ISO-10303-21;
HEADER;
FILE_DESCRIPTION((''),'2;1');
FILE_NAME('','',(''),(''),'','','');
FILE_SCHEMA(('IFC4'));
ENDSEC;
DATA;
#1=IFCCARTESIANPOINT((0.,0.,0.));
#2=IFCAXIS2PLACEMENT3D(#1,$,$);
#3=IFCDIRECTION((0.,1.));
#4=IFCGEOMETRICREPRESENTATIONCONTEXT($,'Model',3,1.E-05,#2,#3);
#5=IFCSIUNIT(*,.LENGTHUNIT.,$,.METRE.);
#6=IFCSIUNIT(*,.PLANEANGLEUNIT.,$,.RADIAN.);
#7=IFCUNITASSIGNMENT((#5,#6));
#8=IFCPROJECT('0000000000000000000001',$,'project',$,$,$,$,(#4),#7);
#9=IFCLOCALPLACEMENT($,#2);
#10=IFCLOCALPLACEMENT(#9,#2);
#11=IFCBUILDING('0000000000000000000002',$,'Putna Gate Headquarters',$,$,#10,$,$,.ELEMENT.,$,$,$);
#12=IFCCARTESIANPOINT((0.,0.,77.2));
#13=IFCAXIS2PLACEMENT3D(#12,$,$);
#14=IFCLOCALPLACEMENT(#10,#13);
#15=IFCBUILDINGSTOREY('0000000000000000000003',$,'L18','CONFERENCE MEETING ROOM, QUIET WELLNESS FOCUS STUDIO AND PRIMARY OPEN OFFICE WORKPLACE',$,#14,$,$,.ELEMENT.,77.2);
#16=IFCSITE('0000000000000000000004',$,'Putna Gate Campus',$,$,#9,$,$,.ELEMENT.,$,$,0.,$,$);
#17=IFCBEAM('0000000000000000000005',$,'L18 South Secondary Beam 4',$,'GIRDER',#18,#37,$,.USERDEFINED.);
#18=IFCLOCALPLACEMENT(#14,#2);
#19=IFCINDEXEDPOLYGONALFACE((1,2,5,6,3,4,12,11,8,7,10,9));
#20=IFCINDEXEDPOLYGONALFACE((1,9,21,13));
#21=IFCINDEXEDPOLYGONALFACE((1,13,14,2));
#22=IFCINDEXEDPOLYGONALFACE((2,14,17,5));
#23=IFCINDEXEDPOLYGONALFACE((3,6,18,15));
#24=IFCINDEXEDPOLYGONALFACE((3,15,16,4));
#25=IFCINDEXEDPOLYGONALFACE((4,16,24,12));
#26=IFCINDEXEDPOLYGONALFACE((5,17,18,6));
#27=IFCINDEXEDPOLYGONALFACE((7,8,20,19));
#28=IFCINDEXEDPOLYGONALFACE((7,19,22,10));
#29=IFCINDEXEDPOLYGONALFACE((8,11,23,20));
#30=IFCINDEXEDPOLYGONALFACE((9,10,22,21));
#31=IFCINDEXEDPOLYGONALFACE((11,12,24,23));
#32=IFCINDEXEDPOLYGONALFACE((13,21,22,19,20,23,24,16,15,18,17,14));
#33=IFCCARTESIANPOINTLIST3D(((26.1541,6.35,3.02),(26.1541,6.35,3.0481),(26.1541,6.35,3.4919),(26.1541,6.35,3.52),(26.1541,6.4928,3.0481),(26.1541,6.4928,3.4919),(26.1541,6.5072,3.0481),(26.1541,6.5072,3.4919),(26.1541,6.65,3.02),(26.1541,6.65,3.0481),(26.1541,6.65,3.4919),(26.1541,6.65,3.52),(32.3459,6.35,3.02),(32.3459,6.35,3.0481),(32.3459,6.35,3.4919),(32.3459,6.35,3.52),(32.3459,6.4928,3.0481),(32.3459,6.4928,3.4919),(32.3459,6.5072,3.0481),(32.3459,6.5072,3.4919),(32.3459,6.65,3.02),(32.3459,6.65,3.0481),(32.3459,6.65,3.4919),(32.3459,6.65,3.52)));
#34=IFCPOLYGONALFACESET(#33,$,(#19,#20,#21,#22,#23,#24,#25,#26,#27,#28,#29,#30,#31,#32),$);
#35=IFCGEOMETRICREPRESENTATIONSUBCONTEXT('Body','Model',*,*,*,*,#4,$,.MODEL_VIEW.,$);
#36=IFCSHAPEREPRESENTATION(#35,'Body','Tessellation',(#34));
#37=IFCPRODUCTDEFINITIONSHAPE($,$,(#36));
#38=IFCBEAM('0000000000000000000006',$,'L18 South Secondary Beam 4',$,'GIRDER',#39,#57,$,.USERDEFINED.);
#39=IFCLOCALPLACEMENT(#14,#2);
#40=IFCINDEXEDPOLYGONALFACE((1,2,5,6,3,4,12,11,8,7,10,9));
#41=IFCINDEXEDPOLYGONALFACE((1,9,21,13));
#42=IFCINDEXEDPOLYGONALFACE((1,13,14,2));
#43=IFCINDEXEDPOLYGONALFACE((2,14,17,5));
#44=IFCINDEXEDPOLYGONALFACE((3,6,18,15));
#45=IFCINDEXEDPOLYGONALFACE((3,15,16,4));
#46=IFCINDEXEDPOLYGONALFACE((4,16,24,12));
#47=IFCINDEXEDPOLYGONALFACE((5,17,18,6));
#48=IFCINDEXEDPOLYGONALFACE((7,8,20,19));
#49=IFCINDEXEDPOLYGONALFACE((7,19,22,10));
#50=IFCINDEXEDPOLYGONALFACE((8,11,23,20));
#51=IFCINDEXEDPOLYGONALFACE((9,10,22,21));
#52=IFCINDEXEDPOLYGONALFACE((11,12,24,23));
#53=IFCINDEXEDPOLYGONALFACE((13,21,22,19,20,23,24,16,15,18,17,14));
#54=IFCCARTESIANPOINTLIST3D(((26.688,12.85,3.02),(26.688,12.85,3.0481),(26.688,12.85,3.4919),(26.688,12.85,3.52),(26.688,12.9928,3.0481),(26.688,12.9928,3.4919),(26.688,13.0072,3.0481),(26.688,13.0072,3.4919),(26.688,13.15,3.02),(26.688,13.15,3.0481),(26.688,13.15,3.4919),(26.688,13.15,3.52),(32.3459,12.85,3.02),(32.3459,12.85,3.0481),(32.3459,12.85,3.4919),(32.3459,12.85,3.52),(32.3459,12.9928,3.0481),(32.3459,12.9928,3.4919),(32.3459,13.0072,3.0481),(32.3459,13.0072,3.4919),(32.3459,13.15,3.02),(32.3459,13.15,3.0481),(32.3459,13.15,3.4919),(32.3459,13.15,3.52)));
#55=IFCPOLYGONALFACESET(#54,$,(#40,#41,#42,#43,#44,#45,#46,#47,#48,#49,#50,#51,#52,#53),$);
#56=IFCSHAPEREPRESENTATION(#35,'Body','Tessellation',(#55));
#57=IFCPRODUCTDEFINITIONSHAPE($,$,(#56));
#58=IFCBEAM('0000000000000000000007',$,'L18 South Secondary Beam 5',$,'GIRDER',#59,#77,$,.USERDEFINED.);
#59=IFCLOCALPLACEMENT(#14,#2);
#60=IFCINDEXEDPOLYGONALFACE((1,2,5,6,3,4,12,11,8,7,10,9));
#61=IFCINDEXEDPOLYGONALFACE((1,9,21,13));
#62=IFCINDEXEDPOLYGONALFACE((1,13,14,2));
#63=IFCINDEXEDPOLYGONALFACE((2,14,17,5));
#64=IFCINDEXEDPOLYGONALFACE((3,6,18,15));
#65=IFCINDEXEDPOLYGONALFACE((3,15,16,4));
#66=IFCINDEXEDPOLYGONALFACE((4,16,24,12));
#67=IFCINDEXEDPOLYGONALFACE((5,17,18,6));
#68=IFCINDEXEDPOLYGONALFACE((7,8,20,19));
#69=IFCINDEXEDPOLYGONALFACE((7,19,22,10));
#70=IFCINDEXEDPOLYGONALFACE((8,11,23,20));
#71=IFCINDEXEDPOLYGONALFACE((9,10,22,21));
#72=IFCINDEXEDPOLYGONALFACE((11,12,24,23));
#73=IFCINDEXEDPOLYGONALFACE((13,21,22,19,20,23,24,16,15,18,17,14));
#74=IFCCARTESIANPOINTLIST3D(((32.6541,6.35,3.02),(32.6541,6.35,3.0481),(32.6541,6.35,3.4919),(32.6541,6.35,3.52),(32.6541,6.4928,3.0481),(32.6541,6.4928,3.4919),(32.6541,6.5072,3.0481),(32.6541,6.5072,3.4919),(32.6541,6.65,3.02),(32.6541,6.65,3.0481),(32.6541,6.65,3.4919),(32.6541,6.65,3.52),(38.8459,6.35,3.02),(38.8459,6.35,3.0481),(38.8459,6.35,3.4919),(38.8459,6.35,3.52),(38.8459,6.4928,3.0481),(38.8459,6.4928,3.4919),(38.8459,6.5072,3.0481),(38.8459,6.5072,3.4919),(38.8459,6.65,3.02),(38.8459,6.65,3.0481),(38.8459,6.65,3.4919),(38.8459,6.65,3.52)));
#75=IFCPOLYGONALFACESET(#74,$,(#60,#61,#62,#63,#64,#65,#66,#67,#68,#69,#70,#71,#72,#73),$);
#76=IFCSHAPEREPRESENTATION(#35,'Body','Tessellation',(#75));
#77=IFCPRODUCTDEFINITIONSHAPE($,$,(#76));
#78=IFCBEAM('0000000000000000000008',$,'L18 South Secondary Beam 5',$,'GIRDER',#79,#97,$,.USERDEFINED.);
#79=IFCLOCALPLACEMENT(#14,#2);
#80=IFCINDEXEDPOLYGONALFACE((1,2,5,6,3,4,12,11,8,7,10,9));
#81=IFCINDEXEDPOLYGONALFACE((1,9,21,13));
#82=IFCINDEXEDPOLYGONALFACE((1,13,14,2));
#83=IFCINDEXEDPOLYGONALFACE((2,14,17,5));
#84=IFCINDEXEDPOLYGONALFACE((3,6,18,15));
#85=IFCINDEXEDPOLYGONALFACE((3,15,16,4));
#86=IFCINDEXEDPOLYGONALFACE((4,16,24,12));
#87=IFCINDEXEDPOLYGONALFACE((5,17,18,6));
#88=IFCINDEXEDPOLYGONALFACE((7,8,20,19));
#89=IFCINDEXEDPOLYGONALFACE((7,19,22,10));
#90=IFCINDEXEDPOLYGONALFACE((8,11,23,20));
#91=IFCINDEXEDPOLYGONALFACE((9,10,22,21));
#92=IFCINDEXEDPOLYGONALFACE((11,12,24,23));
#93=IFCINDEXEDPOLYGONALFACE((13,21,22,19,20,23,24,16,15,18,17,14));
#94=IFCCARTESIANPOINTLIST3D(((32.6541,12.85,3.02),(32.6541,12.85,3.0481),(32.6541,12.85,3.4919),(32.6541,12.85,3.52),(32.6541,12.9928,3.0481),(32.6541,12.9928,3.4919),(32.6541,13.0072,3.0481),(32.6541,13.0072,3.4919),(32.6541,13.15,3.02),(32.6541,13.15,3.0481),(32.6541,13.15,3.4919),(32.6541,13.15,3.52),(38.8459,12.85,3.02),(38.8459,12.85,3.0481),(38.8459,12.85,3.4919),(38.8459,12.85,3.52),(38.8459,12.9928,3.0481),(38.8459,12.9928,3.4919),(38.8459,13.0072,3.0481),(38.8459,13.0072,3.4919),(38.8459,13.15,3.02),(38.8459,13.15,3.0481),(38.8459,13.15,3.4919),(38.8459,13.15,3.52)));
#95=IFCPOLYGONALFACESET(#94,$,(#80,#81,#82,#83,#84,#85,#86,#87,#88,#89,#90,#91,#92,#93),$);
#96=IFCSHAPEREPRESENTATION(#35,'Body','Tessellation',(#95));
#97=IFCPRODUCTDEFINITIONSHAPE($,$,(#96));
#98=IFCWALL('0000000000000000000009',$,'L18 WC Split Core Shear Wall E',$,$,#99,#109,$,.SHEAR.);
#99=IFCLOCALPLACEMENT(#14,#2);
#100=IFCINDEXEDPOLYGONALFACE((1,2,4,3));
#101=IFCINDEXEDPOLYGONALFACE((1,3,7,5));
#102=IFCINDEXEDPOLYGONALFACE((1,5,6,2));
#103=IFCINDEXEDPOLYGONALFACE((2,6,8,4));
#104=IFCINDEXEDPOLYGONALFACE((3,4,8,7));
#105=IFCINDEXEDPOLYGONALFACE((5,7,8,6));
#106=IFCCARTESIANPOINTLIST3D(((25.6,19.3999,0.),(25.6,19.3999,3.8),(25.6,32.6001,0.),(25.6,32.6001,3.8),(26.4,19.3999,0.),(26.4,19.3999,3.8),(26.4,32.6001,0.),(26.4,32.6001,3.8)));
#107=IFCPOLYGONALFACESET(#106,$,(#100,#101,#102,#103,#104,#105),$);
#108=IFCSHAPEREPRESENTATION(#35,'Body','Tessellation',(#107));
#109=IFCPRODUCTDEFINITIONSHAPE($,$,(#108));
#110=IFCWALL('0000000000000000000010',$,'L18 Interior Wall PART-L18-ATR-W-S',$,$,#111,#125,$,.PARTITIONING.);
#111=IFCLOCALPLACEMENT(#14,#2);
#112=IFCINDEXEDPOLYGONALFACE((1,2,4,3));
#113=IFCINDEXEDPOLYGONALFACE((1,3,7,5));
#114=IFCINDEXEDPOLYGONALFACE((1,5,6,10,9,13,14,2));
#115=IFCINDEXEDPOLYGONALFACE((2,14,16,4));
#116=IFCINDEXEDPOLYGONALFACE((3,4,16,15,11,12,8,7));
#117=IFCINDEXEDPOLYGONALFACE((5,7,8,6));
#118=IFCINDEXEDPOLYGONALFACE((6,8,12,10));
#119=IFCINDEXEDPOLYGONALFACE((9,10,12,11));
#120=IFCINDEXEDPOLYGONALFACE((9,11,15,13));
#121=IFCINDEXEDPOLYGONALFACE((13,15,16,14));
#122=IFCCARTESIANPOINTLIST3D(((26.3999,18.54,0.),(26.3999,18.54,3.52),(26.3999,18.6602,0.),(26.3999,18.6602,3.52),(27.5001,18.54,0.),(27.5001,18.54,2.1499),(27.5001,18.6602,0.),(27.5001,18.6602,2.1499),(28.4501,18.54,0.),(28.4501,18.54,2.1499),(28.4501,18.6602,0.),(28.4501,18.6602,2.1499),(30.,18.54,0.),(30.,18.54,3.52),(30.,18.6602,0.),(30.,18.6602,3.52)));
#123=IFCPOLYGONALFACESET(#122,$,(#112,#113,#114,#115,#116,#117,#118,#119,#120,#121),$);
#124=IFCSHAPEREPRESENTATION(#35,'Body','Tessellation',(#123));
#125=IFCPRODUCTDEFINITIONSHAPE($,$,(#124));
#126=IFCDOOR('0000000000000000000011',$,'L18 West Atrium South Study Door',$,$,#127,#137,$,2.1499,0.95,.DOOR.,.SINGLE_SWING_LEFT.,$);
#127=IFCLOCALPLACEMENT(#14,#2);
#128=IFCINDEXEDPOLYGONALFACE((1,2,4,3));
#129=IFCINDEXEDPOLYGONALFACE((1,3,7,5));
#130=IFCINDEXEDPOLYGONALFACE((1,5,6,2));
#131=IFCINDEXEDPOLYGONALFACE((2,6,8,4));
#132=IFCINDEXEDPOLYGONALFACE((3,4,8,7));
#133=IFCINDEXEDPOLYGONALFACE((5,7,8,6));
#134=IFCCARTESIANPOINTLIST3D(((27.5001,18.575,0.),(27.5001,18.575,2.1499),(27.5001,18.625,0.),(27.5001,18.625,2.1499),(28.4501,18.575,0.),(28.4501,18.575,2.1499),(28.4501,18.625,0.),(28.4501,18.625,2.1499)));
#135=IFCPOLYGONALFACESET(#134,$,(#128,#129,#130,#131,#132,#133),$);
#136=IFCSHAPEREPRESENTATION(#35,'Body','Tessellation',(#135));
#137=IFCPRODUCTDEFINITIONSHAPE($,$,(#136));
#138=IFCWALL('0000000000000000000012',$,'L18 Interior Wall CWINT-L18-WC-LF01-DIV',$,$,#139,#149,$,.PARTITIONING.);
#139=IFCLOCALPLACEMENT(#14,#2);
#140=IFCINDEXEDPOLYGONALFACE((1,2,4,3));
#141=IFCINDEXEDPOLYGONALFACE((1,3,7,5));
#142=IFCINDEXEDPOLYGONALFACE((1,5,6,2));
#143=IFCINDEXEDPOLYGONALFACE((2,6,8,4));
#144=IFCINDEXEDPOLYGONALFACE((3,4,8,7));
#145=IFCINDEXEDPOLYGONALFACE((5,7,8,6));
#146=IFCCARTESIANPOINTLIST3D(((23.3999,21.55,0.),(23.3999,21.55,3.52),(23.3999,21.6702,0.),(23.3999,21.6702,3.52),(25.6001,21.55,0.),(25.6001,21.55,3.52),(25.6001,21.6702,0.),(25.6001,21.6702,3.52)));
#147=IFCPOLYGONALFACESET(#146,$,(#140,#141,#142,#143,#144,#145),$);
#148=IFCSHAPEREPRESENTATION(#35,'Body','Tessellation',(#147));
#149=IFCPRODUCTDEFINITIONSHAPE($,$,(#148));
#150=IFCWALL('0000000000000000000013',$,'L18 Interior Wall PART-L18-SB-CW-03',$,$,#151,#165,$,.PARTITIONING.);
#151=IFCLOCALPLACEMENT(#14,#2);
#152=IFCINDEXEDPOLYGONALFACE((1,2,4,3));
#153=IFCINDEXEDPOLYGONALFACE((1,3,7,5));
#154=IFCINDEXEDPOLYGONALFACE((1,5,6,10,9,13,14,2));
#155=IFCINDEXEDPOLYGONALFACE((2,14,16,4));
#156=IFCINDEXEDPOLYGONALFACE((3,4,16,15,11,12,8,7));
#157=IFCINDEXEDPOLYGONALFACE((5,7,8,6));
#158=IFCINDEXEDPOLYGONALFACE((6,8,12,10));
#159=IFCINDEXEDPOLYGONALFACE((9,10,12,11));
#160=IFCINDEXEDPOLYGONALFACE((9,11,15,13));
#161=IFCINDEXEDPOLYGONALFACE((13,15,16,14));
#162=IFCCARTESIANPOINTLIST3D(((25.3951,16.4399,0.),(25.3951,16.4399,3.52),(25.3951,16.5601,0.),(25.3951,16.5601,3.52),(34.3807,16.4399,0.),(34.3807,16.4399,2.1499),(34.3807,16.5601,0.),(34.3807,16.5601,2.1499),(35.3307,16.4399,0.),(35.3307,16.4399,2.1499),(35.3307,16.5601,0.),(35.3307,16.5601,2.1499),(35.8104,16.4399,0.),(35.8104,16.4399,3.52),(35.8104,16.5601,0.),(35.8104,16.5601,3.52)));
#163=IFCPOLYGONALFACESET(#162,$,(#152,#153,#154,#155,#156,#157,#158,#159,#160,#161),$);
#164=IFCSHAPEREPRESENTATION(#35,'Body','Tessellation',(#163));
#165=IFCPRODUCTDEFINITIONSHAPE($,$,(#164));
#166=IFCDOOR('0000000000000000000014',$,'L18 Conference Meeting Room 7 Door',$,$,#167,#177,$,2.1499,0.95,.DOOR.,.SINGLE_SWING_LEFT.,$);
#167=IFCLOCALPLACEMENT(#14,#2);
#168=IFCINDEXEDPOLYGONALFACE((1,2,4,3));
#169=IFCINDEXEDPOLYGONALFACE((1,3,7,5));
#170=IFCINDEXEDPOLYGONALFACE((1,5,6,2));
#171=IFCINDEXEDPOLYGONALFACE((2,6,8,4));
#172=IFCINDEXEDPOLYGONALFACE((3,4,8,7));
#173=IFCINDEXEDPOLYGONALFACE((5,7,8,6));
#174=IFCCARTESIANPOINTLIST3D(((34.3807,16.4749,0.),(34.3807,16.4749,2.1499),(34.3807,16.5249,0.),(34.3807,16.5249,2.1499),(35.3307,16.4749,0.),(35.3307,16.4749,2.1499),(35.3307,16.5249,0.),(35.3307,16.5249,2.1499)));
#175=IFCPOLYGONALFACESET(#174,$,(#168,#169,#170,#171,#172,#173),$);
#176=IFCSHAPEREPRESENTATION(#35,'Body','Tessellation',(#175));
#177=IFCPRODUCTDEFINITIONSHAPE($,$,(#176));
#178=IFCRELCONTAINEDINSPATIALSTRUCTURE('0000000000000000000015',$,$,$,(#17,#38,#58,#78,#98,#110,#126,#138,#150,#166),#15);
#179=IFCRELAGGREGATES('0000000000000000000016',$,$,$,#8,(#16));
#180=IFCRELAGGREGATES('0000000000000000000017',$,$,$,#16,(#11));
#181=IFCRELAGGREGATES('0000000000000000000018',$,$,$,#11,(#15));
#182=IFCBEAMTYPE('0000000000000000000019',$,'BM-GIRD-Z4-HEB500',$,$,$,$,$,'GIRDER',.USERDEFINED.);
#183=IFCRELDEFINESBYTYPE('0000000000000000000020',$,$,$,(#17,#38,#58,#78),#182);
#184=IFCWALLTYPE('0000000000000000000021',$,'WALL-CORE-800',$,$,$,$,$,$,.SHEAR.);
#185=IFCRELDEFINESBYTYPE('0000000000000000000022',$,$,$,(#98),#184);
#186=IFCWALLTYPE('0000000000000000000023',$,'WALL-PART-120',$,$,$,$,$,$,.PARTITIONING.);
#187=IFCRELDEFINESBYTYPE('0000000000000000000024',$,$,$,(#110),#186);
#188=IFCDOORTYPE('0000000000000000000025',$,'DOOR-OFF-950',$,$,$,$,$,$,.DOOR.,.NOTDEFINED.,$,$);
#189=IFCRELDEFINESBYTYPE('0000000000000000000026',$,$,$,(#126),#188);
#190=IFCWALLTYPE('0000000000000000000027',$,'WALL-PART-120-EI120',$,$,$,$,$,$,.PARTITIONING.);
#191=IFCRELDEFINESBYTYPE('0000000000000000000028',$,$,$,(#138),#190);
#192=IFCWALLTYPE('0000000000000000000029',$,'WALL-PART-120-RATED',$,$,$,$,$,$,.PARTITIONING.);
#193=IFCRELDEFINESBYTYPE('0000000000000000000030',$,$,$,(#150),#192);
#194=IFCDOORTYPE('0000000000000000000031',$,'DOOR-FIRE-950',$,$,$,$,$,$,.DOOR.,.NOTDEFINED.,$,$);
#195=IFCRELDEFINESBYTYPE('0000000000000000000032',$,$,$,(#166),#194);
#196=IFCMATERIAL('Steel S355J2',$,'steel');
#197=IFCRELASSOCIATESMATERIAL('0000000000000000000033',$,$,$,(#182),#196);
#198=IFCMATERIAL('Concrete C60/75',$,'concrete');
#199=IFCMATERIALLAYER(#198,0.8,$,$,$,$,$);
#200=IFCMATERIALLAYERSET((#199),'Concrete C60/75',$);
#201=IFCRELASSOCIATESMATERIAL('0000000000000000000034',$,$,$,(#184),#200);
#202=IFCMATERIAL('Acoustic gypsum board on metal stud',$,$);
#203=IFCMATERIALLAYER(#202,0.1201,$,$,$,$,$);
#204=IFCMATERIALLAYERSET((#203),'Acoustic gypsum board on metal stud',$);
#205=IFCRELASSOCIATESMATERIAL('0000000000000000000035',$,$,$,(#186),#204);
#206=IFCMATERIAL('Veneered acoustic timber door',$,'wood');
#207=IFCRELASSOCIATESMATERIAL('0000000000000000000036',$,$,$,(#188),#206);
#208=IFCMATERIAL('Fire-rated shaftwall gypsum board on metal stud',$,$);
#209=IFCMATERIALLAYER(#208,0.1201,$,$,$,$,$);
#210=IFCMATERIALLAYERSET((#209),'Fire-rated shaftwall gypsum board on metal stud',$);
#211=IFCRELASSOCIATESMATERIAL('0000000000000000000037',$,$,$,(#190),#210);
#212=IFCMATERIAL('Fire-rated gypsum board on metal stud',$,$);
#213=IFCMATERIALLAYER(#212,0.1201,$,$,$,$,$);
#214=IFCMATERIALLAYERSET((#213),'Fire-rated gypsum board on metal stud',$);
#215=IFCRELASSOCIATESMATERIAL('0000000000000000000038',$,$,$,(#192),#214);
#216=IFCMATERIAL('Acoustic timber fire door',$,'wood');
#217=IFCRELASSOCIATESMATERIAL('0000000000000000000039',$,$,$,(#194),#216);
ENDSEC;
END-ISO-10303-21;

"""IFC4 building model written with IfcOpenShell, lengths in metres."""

from ifc_helpers import new_model, si_unit, direction, frame, frame_2d, origin, origin_2d, place, context, subcontext, project, spatial, rectangle, i_section, extrude, material, layer, layer_set, material_profile, profile_set, type_object, element, fill, save


model = new_model("IFC4")

# Units and contexts
model_context = context("Model", 3, precision=1e-05, world=origin(), true_north=direction((0.0, 1.0)))
body_context = subcontext(model_context, "Body", "Model", "MODEL_VIEW")
ifc_project = project(units=[si_unit("LENGTHUNIT", "METRE"), si_unit("PLANEANGLEUNIT", "RADIAN")], contexts=[model_context])

# Site, building, storey
site_placement = place(None, origin())
site = spatial("IfcSite", under=ifc_project, at=site_placement, Name="Putna Gate Campus", CompositionType="ELEMENT", RefElevation=0.0)
building_placement = place(site_placement, origin())
building = spatial("IfcBuilding", under=site, at=building_placement, Name="Putna Gate Headquarters", CompositionType="ELEMENT")
storey_placement = place(building_placement, frame((0.0, 0.0, 77.2)))
storey = spatial("IfcBuildingStorey", under=building, at=storey_placement, Name="L18", Description="CONFERENCE MEETING ROOM, QUIET WELLNESS FOCUS STUDIO AND PRIMARY OPEN OFFICE WORKPLACE", CompositionType="ELEMENT", Elevation=77.2)

# Shared definitions
ifc_material_1 = material(Name="Concrete C60/75", Category="concrete")

# Beams
ifc_material_2 = material(Name="Steel S355J2", Category="steel")
ifc_material_profile_1 = material_profile(ifc_material_2, i_section(OverallWidth=0.3, OverallDepth=0.5, WebThickness=0.0144, FlangeThickness=0.0281, at=origin_2d()), Name="Steel S355J2")
ifc_profile_set_1 = profile_set([ifc_material_profile_1], Name="Steel S355J2")
beam_type_1 = type_object("IfcBeamType", Name="BM-GIRD-Z4-HEB500", ElementType="GIRDER", PredefinedType="USERDEFINED", material=ifc_profile_set_1)
beam_1_placement = place(storey_placement, frame((26.1541, 6.5, 3.27), z_axis=(1.0, 0.0, 0.0), x_axis=(0.0, 1.0, 0.0)))
element("IfcBeam", 1, at=beam_1_placement, inside=storey, type_object=beam_type_1, Name="L18 South Secondary Beam 4", ObjectType="GIRDER", PredefinedType="USERDEFINED", context=body_context, shape_type="SweptSolid", body=[
    extrude(i_section(OverallWidth=0.3, OverallDepth=0.5, WebThickness=0.0144, FlangeThickness=0.0281, at=origin_2d()), origin(), (0.0, 0.0, 1.0), 6.1919),
])
beam_2_placement = place(storey_placement, frame((26.688, 13.0, 3.27), z_axis=(1.0, 0.0, 0.0), x_axis=(0.0, 1.0, 0.0)))
element("IfcBeam", 2, at=beam_2_placement, inside=storey, type_object=beam_type_1, Name="L18 South Secondary Beam 4", ObjectType="GIRDER", PredefinedType="USERDEFINED", context=body_context, shape_type="SweptSolid", body=[
    extrude(i_section(OverallWidth=0.3, OverallDepth=0.5, WebThickness=0.0144, FlangeThickness=0.0281, at=origin_2d()), origin(), (0.0, 0.0, 1.0), 5.658),
])
for number, where, z_axis, x_axis, name in (
    (3, (32.6541, 6.5, 3.27), (1.0, 0.0, 0.0), (0.0, 1.0, 0.0), "L18 South Secondary Beam 5"),
    (4, (32.6541, 13.0, 3.27), (1.0, 0.0, 0.0), (0.0, 1.0, 0.0), "L18 South Secondary Beam 5"),
):
    element("IfcBeam", number, at=place(storey_placement, frame(where, z_axis=z_axis, x_axis=x_axis)), inside=storey, type_object=beam_type_1, Name=name, ObjectType="GIRDER", PredefinedType="USERDEFINED", context=body_context, shape_type="SweptSolid", body=[
        extrude(i_section(OverallWidth=0.3, OverallDepth=0.5, WebThickness=0.0144, FlangeThickness=0.0281, at=origin_2d()), origin(), (0.0, 0.0, 1.0), 6.1919),
    ])

# Wall
ifc_layer_1 = layer(ifc_material_1, 0.8)
ifc_layer_set_1 = layer_set([ifc_layer_1], Name="Concrete C60/75")
wall_type_1 = type_object("IfcWallType", Name="WALL-CORE-800", PredefinedType="SHEAR", material=ifc_layer_set_1)
wall_1_placement = place(storey_placement, frame((26.0, 19.3999, 0.0), z_axis=(0.0, 0.0, 1.0), x_axis=(0.0, 1.0, 0.0)))
element("IfcWall", 5, at=wall_1_placement, inside=storey, type_object=wall_type_1, Name="L18 WC Split Core Shear Wall E", PredefinedType="SHEAR", context=body_context, shape_type="SweptSolid", body=[
    extrude(rectangle(XDim=13.2002, YDim=0.8, at=frame_2d((6.6001, 0.0))), origin(), (0.0, 0.0, 1.0), 3.8),
])

# Wall, opening, door
ifc_material_3 = material(Name="Acoustic gypsum board on metal stud")
ifc_layer_2 = layer(ifc_material_3, 0.1201)
ifc_layer_set_2 = layer_set([ifc_layer_2], Name="Acoustic gypsum board on metal stud")
wall_type_2 = type_object("IfcWallType", Name="WALL-PART-120", PredefinedType="PARTITIONING", material=ifc_layer_set_2)
wall_2_placement = place(storey_placement, frame((26.3999, 18.6001, 0.0), z_axis=(0.0, 0.0, 1.0), x_axis=(1.0, 0.0, 0.0)))
wall_2 = element("IfcWall", 6, at=wall_2_placement, inside=storey, type_object=wall_type_2, Name="L18 Interior Wall PART-L18-ATR-W-S", PredefinedType="PARTITIONING", context=body_context, shape_type="SweptSolid", body=[
    extrude(rectangle(XDim=3.6001, YDim=0.1201, at=frame_2d((1.8, 0.0))), origin(), (0.0, 0.0, 1.0), 3.52),
])
opening_1_placement = place(wall_2_placement, frame((1.1001, 0.0, 0.0)))
opening_1 = element("IfcOpeningElement", 7, at=opening_1_placement, cuts=wall_2, PredefinedType="OPENING", context=body_context, shape_type="SweptSolid", body=[
    extrude(rectangle(XDim=0.95, YDim=2.1499, at=frame_2d((0.4751, 1.075))), frame((0.0, 0.0701, 0.0), z_axis=(0.0, -1.0, 0.0), x_axis=(1.0, 0.0, 0.0)), (0.0, 0.0, 1.0), 0.1401),
])
ifc_material_4 = material(Name="Veneered acoustic timber door", Category="wood")
door_type_1 = type_object("IfcDoorType", Name="DOOR-OFF-950", OperationType="NOTDEFINED", PredefinedType="DOOR", material=ifc_material_4)
door_1_placement = place(opening_1_placement, origin())
door_1 = element("IfcDoor", 8, at=door_1_placement, inside=storey, type_object=door_type_1, Name="L18 West Atrium South Study Door", OperationType="SINGLE_SWING_LEFT", OverallHeight=2.1499, OverallWidth=0.95, PredefinedType="DOOR", context=body_context, shape_type="SweptSolid", body=[
    extrude(rectangle(XDim=0.95, YDim=2.1499, at=frame_2d((0.4751, 1.075))), frame((0.0, 0.0249, 0.0), z_axis=(0.0, -1.0, 0.0), x_axis=(1.0, 0.0, 0.0)), (0.0, 0.0, 1.0), 0.05),
])
fill(opening_1, door_1)

# Wall
ifc_material_5 = material(Name="Fire-rated shaftwall gypsum board on metal stud")
ifc_layer_3 = layer(ifc_material_5, 0.1201)
ifc_layer_set_3 = layer_set([ifc_layer_3], Name="Fire-rated shaftwall gypsum board on metal stud")
wall_type_3 = type_object("IfcWallType", Name="WALL-PART-120-EI120", PredefinedType="PARTITIONING", material=ifc_layer_set_3)
wall_3_placement = place(storey_placement, frame((23.3999, 21.6101, 0.0), z_axis=(0.0, 0.0, 1.0), x_axis=(1.0, 0.0, 0.0)))
element("IfcWall", 9, at=wall_3_placement, inside=storey, type_object=wall_type_3, Name="L18 Interior Wall CWINT-L18-WC-LF01-DIV", PredefinedType="PARTITIONING", context=body_context, shape_type="SweptSolid", body=[
    extrude(rectangle(XDim=2.2002, YDim=0.1201, at=frame_2d((1.1001, 0.0))), origin(), (0.0, 0.0, 1.0), 3.52),
])

# Wall, opening, door
ifc_material_6 = material(Name="Fire-rated gypsum board on metal stud")
ifc_layer_4 = layer(ifc_material_6, 0.1201)
ifc_layer_set_4 = layer_set([ifc_layer_4], Name="Fire-rated gypsum board on metal stud")
wall_type_4 = type_object("IfcWallType", Name="WALL-PART-120-RATED", PredefinedType="PARTITIONING", material=ifc_layer_set_4)
wall_4_placement = place(storey_placement, frame((25.3953, 16.5, 0.0), z_axis=(0.0, 0.0, 1.0), x_axis=(1.0, 0.0, 0.0)))
wall_4 = element("IfcWall", 10, at=wall_4_placement, inside=storey, type_object=wall_type_4, Name="L18 Interior Wall PART-L18-SB-CW-03", PredefinedType="PARTITIONING", context=body_context, shape_type="SweptSolid", body=[
    extrude(rectangle(XDim=10.4153, YDim=0.1201, at=frame_2d((5.2075, 0.0))), origin(), (0.0, 0.0, 1.0), 3.52),
])
opening_2_placement = place(wall_4_placement, frame((8.9854, 0.0, 0.0)))
opening_2 = element("IfcOpeningElement", 11, at=opening_2_placement, cuts=wall_4, PredefinedType="OPENING", context=body_context, shape_type="SweptSolid", body=[
    extrude(rectangle(XDim=0.95, YDim=2.1499, at=frame_2d((0.4751, 1.075))), frame((0.0, 0.0701, 0.0), z_axis=(0.0, -1.0, 0.0), x_axis=(1.0, 0.0, 0.0)), (0.0, 0.0, 1.0), 0.1401),
])
ifc_material_7 = material(Name="Acoustic timber fire door", Category="wood")
door_type_2 = type_object("IfcDoorType", Name="DOOR-FIRE-950", OperationType="NOTDEFINED", PredefinedType="DOOR", material=ifc_material_7)
door_2_placement = place(opening_2_placement, origin())
door_2 = element("IfcDoor", 12, at=door_2_placement, inside=storey, type_object=door_type_2, Name="L18 Conference Meeting Room 7 Door", OperationType="SINGLE_SWING_LEFT", OverallHeight=2.1499, OverallWidth=0.95, PredefinedType="DOOR", context=body_context, shape_type="SweptSolid", body=[
    extrude(rectangle(XDim=0.95, YDim=2.1499, at=frame_2d((0.4751, 1.075))), frame((0.0, 0.0249, 0.0), z_axis=(0.0, -1.0, 0.0), x_axis=(1.0, 0.0, 0.0)), (0.0, 0.0, 1.0), 0.05),
])
fill(opening_2, door_2)

save(model, "model.ifc")
